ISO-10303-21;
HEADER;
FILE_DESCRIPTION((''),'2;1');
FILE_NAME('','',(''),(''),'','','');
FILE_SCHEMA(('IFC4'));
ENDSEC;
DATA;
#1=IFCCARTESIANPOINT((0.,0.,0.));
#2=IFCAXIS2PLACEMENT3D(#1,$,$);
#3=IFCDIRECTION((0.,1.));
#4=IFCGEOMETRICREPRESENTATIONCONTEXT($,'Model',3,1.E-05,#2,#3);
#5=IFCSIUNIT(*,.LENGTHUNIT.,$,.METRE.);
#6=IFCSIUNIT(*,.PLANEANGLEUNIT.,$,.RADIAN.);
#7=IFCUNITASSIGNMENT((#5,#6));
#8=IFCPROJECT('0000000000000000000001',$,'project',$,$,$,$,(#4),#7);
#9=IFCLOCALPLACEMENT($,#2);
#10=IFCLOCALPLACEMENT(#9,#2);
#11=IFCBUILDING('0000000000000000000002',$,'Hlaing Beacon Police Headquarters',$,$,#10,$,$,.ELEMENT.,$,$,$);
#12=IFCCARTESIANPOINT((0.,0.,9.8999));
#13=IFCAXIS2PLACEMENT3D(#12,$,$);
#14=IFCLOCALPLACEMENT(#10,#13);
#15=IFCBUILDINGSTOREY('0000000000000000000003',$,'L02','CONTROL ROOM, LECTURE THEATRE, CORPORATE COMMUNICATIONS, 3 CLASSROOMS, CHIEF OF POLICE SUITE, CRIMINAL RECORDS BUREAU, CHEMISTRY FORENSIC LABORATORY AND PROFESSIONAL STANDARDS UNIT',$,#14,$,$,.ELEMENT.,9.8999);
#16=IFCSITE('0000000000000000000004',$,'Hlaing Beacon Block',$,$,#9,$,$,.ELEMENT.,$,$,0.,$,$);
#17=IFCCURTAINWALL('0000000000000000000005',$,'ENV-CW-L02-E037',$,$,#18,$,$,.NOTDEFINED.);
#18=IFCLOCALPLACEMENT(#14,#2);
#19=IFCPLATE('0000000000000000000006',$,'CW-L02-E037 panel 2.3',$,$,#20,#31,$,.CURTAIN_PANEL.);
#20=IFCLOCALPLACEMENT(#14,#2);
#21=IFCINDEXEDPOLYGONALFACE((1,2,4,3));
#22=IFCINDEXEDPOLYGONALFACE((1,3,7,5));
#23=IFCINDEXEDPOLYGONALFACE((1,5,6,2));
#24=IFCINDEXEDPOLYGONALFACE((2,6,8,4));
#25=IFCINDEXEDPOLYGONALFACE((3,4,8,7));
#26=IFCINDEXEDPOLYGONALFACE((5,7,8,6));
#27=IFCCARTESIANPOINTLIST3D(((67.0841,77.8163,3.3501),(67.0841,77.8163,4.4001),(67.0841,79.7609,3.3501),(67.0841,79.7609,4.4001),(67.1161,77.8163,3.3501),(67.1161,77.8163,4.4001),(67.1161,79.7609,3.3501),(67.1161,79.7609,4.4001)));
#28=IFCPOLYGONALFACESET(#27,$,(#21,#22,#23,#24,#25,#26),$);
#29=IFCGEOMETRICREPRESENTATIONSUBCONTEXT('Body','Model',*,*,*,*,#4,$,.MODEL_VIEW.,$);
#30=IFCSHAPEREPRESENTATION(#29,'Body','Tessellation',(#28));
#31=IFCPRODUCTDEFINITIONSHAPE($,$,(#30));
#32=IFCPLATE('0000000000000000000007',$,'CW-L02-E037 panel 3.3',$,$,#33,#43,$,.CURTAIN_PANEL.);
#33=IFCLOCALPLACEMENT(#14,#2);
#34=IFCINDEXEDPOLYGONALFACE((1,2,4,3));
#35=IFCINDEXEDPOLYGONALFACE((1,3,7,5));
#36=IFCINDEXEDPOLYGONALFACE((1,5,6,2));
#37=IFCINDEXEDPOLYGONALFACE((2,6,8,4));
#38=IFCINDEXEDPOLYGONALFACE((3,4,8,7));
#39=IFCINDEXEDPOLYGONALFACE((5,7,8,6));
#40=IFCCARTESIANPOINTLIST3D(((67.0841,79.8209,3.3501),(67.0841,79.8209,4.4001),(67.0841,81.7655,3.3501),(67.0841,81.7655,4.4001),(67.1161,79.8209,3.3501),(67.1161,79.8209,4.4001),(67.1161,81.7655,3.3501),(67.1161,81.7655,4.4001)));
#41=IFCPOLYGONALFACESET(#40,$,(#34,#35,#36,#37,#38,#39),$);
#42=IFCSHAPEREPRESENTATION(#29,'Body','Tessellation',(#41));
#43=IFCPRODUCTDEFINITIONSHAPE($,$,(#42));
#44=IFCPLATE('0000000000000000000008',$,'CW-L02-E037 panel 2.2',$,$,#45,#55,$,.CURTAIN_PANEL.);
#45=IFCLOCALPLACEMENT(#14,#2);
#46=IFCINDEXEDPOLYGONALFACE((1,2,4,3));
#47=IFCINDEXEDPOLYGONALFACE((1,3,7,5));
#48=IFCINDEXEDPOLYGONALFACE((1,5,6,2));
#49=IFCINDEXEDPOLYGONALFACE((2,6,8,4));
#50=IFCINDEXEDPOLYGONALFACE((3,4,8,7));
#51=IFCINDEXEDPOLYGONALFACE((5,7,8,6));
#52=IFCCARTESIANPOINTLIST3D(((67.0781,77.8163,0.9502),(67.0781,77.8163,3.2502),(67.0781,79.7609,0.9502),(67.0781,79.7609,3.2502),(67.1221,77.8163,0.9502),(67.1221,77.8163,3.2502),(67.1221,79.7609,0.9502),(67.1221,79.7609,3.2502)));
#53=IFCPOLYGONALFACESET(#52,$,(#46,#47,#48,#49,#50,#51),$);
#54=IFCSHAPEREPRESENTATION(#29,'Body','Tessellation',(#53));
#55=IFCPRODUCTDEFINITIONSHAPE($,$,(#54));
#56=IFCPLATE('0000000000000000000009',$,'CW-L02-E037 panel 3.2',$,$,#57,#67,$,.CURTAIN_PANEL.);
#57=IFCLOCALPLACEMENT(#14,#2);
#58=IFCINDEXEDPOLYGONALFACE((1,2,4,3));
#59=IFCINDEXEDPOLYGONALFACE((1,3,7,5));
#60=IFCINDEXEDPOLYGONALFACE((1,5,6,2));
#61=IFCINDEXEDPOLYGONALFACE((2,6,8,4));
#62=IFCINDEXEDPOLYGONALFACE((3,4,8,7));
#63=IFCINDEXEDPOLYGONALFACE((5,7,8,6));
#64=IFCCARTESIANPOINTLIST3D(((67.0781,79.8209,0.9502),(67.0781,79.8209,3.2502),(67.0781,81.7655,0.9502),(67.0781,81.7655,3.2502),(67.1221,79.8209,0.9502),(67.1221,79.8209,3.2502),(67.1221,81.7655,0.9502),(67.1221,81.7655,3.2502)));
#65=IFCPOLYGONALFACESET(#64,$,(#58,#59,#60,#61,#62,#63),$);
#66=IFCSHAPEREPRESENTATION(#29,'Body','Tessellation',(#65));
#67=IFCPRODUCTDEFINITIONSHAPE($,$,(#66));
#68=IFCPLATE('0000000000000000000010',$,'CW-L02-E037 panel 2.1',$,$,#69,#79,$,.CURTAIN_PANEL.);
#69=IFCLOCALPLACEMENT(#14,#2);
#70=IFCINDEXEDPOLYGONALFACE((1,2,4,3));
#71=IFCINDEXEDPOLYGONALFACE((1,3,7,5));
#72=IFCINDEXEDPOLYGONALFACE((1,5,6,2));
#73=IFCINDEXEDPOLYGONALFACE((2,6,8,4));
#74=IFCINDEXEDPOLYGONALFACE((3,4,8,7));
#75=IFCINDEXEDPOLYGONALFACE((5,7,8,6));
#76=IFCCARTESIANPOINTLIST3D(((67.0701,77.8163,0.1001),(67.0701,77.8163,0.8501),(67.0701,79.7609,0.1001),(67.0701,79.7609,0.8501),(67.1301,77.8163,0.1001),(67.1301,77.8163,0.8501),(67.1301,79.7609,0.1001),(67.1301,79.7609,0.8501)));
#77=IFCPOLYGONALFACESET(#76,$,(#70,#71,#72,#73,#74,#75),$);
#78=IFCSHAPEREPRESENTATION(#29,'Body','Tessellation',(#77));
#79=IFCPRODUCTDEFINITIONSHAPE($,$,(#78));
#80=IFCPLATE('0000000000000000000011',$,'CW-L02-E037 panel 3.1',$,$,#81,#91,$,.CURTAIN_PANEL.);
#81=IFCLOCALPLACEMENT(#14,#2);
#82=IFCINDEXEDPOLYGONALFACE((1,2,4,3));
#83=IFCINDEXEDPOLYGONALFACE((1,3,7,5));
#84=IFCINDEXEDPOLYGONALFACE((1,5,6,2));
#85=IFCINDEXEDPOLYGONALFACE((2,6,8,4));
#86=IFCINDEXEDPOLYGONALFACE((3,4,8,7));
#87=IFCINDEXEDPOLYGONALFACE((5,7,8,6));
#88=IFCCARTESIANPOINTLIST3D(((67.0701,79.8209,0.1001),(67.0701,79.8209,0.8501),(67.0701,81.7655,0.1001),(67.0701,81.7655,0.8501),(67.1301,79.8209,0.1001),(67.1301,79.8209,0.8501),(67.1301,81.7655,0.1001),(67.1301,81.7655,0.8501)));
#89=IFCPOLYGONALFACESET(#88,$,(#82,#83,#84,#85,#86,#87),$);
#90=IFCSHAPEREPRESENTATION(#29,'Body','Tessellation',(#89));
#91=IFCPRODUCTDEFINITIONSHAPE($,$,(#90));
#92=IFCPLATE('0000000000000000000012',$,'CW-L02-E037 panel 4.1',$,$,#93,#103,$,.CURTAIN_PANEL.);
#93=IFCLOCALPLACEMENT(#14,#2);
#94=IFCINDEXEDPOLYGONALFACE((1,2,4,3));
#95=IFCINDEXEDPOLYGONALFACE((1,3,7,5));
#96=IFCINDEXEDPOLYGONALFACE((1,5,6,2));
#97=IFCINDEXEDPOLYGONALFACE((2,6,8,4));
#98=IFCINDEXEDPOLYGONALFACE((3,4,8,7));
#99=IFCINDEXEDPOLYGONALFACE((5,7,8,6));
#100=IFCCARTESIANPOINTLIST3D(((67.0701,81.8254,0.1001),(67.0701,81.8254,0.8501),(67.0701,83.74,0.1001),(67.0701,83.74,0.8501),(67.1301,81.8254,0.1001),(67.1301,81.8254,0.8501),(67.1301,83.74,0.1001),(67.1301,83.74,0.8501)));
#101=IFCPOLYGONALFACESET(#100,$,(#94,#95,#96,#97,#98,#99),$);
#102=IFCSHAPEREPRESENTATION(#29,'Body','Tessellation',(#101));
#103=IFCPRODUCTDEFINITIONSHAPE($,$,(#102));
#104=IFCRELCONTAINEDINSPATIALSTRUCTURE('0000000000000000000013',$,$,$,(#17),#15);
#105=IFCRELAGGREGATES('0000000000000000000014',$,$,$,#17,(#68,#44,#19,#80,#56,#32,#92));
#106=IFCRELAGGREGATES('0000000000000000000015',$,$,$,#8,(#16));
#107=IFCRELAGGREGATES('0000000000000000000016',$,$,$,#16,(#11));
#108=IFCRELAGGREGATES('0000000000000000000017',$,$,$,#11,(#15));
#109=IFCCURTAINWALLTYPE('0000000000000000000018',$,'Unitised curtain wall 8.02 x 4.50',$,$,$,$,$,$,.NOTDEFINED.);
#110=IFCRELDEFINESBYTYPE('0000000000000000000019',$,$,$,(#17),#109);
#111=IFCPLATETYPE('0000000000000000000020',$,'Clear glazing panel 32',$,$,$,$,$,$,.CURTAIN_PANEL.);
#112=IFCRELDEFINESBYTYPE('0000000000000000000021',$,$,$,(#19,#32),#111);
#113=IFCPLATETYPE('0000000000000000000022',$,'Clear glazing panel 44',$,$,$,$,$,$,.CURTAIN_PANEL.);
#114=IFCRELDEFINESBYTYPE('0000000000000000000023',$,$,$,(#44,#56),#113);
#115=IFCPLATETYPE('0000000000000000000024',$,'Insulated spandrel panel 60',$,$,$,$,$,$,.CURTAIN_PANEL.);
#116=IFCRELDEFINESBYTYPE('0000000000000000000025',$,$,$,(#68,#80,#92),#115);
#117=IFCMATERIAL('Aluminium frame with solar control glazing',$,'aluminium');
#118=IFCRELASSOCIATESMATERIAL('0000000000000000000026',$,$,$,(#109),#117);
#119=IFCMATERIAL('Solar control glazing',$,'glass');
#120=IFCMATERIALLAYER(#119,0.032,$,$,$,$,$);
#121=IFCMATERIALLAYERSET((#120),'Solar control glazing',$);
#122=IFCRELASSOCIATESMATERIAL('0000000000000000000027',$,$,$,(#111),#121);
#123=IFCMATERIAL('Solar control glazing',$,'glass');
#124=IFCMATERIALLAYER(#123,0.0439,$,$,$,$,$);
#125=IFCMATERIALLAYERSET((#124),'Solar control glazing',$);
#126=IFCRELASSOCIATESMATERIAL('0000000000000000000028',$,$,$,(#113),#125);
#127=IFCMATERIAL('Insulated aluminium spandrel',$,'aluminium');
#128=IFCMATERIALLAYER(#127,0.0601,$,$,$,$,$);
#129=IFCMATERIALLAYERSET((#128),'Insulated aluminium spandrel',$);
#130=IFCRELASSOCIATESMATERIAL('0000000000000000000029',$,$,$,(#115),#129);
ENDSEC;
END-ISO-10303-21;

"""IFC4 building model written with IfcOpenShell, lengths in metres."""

from ifc_helpers import new_model, si_unit, direction, frame, origin, origin_2d, place, context, subcontext, project, spatial, rectangle, extrude, material, layer, layer_set, type_object, element, aggregate, save


model = new_model("IFC4")

# Units and contexts
model_context = context("Model", 3, precision=1e-05, world=origin(), true_north=direction((0.0, 1.0)))
body_context = subcontext(model_context, "Body", "Model", "MODEL_VIEW")
ifc_project = project(units=[si_unit("LENGTHUNIT", "METRE"), si_unit("PLANEANGLEUNIT", "RADIAN")], contexts=[model_context])

# Site, building, storey
site_placement = place(None, origin())
site = spatial("IfcSite", under=ifc_project, at=site_placement, Name="Hlaing Beacon Block", CompositionType="ELEMENT", RefElevation=0.0)
building_placement = place(site_placement, origin())
building = spatial("IfcBuilding", under=site, at=building_placement, Name="Hlaing Beacon Police Headquarters", CompositionType="ELEMENT")
storey_placement = place(building_placement, frame((0.0, 0.0, 9.8999)))
storey = spatial("IfcBuildingStorey", under=building, at=storey_placement, Name="L02", Description="CONTROL ROOM, LECTURE THEATRE, CORPORATE COMMUNICATIONS, 3 CLASSROOMS, CHIEF OF POLICE SUITE, CRIMINAL RECORDS BUREAU, CHEMISTRY FORENSIC LABORATORY AND PROFESSIONAL STANDARDS UNIT", CompositionType="ELEMENT", Elevation=9.8999)

# Curtain wall, plates
ifc_material_1 = material(Name="Aluminium frame with solar control glazing", Category="aluminium")
curtain_wall_type = type_object("IfcCurtainWallType", Name="Unitised curtain wall 8.02 x 4.50", PredefinedType="NOTDEFINED", material=ifc_material_1)
curtain_wall_placement = place(storey_placement, origin())
curtain_wall = element("IfcCurtainWall", 1, at=curtain_wall_placement, inside=storey, type_object=curtain_wall_type, Name="ENV-CW-L02-E037", PredefinedType="NOTDEFINED")
ifc_material_2 = material(Name="Solar control glazing", Category="glass")
ifc_layer_1 = layer(ifc_material_2, 0.032)
ifc_layer_set_1 = layer_set([ifc_layer_1], Name="Solar control glazing")
plate_type_1 = type_object("IfcPlateType", Name="Clear glazing panel 32", PredefinedType="CURTAIN_PANEL", material=ifc_layer_set_1)
plate_1_placement = place(storey_placement, frame((67.1001, 78.7886, 3.3501), z_axis=(0.0, 0.0, 1.0), x_axis=(0.0, 1.0, 0.0)))
plate_1 = element("IfcPlate", 2, at=plate_1_placement, type_object=plate_type_1, Name="CW-L02-E037 panel 2.3", PredefinedType="CURTAIN_PANEL", context=body_context, shape_type="SweptSolid", body=[
    extrude(rectangle(XDim=1.9446, YDim=0.032, at=origin_2d()), origin(), (0.0, 0.0, 1.0), 1.05),
])
plate_2_placement = place(storey_placement, frame((67.1001, 80.7932, 3.3501), z_axis=(0.0, 0.0, 1.0), x_axis=(0.0, 1.0, 0.0)))
plate_2 = element("IfcPlate", 3, at=plate_2_placement, type_object=plate_type_1, Name="CW-L02-E037 panel 3.3", PredefinedType="CURTAIN_PANEL", context=body_context, shape_type="SweptSolid", body=[
    extrude(rectangle(XDim=1.9446, YDim=0.032, at=origin_2d()), origin(), (0.0, 0.0, 1.0), 1.05),
])
ifc_material_3 = material(Name="Solar control glazing", Category="glass")
ifc_layer_2 = layer(ifc_material_3, 0.0439)
ifc_layer_set_2 = layer_set([ifc_layer_2], Name="Solar control glazing")
plate_type_2 = type_object("IfcPlateType", Name="Clear glazing panel 44", PredefinedType="CURTAIN_PANEL", material=ifc_layer_set_2)
plate_3_placement = place(storey_placement, frame((67.1001, 78.7886, 0.9502), z_axis=(0.0, 0.0, 1.0), x_axis=(0.0, 1.0, 0.0)))
plate_3 = element("IfcPlate", 4, at=plate_3_placement, type_object=plate_type_2, Name="CW-L02-E037 panel 2.2", PredefinedType="CURTAIN_PANEL", context=body_context, shape_type="SweptSolid", body=[
    extrude(rectangle(XDim=1.9446, YDim=0.0439, at=origin_2d()), origin(), (0.0, 0.0, 1.0), 2.3),
])
plate_4_placement = place(storey_placement, frame((67.1001, 80.7932, 0.9502), z_axis=(0.0, 0.0, 1.0), x_axis=(0.0, 1.0, 0.0)))
plate_4 = element("IfcPlate", 5, at=plate_4_placement, type_object=plate_type_2, Name="CW-L02-E037 panel 3.2", PredefinedType="CURTAIN_PANEL", context=body_context, shape_type="SweptSolid", body=[
    extrude(rectangle(XDim=1.9446, YDim=0.0439, at=origin_2d()), origin(), (0.0, 0.0, 1.0), 2.3),
])
ifc_material_4 = material(Name="Insulated aluminium spandrel", Category="aluminium")
ifc_layer_3 = layer(ifc_material_4, 0.0601)
ifc_layer_set_3 = layer_set([ifc_layer_3], Name="Insulated aluminium spandrel")
plate_type_3 = type_object("IfcPlateType", Name="Insulated spandrel panel 60", PredefinedType="CURTAIN_PANEL", material=ifc_layer_set_3)
plate_5_placement = place(storey_placement, frame((67.1001, 78.7886, 0.1001), z_axis=(0.0, 0.0, 1.0), x_axis=(0.0, 1.0, 0.0)))
plate_5 = element("IfcPlate", 6, at=plate_5_placement, type_object=plate_type_3, Name="CW-L02-E037 panel 2.1", PredefinedType="CURTAIN_PANEL", context=body_context, shape_type="SweptSolid", body=[
    extrude(rectangle(XDim=1.9446, YDim=0.0601, at=origin_2d()), origin(), (0.0, 0.0, 1.0), 0.75),
])
plate_6_placement = place(storey_placement, frame((67.1001, 80.7932, 0.1001), z_axis=(0.0, 0.0, 1.0), x_axis=(0.0, 1.0, 0.0)))
plate_6 = element("IfcPlate", 7, at=plate_6_placement, type_object=plate_type_3, Name="CW-L02-E037 panel 3.1", PredefinedType="CURTAIN_PANEL", context=body_context, shape_type="SweptSolid", body=[
    extrude(rectangle(XDim=1.9446, YDim=0.0601, at=origin_2d()), origin(), (0.0, 0.0, 1.0), 0.75),
])
plate_7_placement = place(storey_placement, frame((67.1001, 82.7827, 0.1001), z_axis=(0.0, 0.0, 1.0), x_axis=(0.0, 1.0, 0.0)))
plate_7 = element("IfcPlate", 8, at=plate_7_placement, type_object=plate_type_3, Name="CW-L02-E037 panel 4.1", PredefinedType="CURTAIN_PANEL", context=body_context, shape_type="SweptSolid", body=[
    extrude(rectangle(XDim=1.9146, YDim=0.0601, at=origin_2d()), origin(), (0.0, 0.0, 1.0), 0.75),
])
aggregate(curtain_wall, [plate_5, plate_3, plate_1, plate_6, plate_4, plate_2, plate_7])

save(model, "model.ifc")
